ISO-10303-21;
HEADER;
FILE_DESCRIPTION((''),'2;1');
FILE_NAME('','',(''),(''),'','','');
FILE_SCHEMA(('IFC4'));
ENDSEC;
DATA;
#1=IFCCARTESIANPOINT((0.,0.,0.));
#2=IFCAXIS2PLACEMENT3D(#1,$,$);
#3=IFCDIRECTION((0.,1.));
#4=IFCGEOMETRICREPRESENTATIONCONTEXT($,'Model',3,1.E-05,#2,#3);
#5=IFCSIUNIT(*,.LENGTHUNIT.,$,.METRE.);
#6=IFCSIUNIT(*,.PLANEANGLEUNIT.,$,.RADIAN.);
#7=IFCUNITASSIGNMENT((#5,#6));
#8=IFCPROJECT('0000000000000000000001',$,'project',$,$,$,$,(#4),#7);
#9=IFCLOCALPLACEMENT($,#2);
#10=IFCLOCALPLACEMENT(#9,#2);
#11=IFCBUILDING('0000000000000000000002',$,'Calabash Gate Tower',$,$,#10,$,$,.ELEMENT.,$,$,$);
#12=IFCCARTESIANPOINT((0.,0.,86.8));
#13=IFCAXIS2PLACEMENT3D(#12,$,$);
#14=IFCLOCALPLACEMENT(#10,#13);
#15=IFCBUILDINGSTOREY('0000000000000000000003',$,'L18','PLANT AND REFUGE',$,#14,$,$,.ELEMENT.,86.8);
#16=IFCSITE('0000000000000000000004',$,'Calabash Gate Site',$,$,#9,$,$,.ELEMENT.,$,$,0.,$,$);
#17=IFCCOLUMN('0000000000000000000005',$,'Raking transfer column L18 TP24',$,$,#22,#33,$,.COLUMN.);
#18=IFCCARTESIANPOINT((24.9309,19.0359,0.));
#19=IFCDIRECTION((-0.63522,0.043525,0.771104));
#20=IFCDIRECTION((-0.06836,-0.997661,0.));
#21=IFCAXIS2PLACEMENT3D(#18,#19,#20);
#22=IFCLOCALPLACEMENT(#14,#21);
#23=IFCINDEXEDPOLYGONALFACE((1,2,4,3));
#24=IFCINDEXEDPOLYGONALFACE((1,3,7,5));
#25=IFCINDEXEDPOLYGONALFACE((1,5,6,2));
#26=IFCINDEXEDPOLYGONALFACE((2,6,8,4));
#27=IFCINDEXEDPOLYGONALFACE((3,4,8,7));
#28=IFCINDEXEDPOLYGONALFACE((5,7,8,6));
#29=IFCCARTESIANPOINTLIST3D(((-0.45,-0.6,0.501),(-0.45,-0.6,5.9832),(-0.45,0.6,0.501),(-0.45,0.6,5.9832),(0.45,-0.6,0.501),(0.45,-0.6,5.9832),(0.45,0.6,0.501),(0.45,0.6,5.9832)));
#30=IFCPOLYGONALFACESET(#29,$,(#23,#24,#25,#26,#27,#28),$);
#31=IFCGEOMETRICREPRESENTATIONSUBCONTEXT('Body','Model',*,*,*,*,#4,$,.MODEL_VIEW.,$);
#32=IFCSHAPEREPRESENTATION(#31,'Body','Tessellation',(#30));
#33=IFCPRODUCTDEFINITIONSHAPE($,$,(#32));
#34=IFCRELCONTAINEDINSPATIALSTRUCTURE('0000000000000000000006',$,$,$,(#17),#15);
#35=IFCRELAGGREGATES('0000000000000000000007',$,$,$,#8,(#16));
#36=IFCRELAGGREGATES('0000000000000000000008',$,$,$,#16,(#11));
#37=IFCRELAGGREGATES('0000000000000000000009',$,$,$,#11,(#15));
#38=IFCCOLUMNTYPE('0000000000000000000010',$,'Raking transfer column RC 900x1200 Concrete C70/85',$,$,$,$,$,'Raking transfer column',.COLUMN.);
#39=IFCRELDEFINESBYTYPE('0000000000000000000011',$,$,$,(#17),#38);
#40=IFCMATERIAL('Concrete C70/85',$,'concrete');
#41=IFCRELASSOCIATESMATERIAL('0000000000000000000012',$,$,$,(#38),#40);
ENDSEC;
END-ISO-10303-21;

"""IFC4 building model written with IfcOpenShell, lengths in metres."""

from ifc_helpers import new_model, si_unit, direction, frame, origin, origin_2d, place, context, subcontext, project, spatial, rectangle, extrude, clip, halfspace, material, material_profile, profile_set, type_object, element, save


model = new_model("IFC4")

# Units and contexts
model_context = context("Model", 3, precision=1e-05, world=origin(), true_north=direction((0.0, 1.0)))
body_context = subcontext(model_context, "Body", "Model", "MODEL_VIEW")
ifc_project = project(units=[si_unit("LENGTHUNIT", "METRE"), si_unit("PLANEANGLEUNIT", "RADIAN")], contexts=[model_context])

# Site, building, storey
site_placement = place(None, origin())
site = spatial("IfcSite", under=ifc_project, at=site_placement, Name="Calabash Gate Site", CompositionType="ELEMENT", RefElevation=0.0)
building_placement = place(site_placement, origin())
building = spatial("IfcBuilding", under=site, at=building_placement, Name="Calabash Gate Tower", CompositionType="ELEMENT")
storey_placement = place(building_placement, frame((0.0, 0.0, 86.8)))
storey = spatial("IfcBuildingStorey", under=building, at=storey_placement, Name="L18", Description="PLANT AND REFUGE", CompositionType="ELEMENT", Elevation=86.8)

# Column
ifc_material_1 = material(Name="Concrete C70/85", Category="concrete")
ifc_material_profile_1 = material_profile(ifc_material_1, rectangle(XDim=0.8999, YDim=1.2, at=origin_2d()))
ifc_profile_set_1 = profile_set([ifc_material_profile_1], Name="Concrete C70/85")
column_type = type_object("IfcColumnType", Name="Raking transfer column RC 900x1200 Concrete C70/85", ElementType="Raking transfer column", PredefinedType="COLUMN", material=ifc_profile_set_1)
column_placement = place(storey_placement, frame((24.9309, 19.0359, 0.0), z_axis=(-0.63522, 0.043525, 0.771104), x_axis=(-0.06836, -0.997661, 0.0)))
element("IfcColumn", 1, at=column_placement, inside=storey, type_object=column_type, Name="Raking transfer column L18 TP24", PredefinedType="COLUMN", context=body_context, shape_type="Clipping", body=[
    clip(clip(extrude(rectangle(XDim=0.8999, YDim=1.2, at=origin_2d()), origin(), (0.0, 0.0, 1.0), 6.4841), halfspace(frame((0.0, 0.0, 0.501), z_axis=(0.0, 0.0, 1.0), x_axis=(1.0, 0.0, 0.0)), True)), halfspace(frame((0.0, 0.0, 5.9832), z_axis=(0.0, 0.0, 1.0), x_axis=(1.0, 0.0, 0.0)), False)),
])

save(model, "model.ifc")
